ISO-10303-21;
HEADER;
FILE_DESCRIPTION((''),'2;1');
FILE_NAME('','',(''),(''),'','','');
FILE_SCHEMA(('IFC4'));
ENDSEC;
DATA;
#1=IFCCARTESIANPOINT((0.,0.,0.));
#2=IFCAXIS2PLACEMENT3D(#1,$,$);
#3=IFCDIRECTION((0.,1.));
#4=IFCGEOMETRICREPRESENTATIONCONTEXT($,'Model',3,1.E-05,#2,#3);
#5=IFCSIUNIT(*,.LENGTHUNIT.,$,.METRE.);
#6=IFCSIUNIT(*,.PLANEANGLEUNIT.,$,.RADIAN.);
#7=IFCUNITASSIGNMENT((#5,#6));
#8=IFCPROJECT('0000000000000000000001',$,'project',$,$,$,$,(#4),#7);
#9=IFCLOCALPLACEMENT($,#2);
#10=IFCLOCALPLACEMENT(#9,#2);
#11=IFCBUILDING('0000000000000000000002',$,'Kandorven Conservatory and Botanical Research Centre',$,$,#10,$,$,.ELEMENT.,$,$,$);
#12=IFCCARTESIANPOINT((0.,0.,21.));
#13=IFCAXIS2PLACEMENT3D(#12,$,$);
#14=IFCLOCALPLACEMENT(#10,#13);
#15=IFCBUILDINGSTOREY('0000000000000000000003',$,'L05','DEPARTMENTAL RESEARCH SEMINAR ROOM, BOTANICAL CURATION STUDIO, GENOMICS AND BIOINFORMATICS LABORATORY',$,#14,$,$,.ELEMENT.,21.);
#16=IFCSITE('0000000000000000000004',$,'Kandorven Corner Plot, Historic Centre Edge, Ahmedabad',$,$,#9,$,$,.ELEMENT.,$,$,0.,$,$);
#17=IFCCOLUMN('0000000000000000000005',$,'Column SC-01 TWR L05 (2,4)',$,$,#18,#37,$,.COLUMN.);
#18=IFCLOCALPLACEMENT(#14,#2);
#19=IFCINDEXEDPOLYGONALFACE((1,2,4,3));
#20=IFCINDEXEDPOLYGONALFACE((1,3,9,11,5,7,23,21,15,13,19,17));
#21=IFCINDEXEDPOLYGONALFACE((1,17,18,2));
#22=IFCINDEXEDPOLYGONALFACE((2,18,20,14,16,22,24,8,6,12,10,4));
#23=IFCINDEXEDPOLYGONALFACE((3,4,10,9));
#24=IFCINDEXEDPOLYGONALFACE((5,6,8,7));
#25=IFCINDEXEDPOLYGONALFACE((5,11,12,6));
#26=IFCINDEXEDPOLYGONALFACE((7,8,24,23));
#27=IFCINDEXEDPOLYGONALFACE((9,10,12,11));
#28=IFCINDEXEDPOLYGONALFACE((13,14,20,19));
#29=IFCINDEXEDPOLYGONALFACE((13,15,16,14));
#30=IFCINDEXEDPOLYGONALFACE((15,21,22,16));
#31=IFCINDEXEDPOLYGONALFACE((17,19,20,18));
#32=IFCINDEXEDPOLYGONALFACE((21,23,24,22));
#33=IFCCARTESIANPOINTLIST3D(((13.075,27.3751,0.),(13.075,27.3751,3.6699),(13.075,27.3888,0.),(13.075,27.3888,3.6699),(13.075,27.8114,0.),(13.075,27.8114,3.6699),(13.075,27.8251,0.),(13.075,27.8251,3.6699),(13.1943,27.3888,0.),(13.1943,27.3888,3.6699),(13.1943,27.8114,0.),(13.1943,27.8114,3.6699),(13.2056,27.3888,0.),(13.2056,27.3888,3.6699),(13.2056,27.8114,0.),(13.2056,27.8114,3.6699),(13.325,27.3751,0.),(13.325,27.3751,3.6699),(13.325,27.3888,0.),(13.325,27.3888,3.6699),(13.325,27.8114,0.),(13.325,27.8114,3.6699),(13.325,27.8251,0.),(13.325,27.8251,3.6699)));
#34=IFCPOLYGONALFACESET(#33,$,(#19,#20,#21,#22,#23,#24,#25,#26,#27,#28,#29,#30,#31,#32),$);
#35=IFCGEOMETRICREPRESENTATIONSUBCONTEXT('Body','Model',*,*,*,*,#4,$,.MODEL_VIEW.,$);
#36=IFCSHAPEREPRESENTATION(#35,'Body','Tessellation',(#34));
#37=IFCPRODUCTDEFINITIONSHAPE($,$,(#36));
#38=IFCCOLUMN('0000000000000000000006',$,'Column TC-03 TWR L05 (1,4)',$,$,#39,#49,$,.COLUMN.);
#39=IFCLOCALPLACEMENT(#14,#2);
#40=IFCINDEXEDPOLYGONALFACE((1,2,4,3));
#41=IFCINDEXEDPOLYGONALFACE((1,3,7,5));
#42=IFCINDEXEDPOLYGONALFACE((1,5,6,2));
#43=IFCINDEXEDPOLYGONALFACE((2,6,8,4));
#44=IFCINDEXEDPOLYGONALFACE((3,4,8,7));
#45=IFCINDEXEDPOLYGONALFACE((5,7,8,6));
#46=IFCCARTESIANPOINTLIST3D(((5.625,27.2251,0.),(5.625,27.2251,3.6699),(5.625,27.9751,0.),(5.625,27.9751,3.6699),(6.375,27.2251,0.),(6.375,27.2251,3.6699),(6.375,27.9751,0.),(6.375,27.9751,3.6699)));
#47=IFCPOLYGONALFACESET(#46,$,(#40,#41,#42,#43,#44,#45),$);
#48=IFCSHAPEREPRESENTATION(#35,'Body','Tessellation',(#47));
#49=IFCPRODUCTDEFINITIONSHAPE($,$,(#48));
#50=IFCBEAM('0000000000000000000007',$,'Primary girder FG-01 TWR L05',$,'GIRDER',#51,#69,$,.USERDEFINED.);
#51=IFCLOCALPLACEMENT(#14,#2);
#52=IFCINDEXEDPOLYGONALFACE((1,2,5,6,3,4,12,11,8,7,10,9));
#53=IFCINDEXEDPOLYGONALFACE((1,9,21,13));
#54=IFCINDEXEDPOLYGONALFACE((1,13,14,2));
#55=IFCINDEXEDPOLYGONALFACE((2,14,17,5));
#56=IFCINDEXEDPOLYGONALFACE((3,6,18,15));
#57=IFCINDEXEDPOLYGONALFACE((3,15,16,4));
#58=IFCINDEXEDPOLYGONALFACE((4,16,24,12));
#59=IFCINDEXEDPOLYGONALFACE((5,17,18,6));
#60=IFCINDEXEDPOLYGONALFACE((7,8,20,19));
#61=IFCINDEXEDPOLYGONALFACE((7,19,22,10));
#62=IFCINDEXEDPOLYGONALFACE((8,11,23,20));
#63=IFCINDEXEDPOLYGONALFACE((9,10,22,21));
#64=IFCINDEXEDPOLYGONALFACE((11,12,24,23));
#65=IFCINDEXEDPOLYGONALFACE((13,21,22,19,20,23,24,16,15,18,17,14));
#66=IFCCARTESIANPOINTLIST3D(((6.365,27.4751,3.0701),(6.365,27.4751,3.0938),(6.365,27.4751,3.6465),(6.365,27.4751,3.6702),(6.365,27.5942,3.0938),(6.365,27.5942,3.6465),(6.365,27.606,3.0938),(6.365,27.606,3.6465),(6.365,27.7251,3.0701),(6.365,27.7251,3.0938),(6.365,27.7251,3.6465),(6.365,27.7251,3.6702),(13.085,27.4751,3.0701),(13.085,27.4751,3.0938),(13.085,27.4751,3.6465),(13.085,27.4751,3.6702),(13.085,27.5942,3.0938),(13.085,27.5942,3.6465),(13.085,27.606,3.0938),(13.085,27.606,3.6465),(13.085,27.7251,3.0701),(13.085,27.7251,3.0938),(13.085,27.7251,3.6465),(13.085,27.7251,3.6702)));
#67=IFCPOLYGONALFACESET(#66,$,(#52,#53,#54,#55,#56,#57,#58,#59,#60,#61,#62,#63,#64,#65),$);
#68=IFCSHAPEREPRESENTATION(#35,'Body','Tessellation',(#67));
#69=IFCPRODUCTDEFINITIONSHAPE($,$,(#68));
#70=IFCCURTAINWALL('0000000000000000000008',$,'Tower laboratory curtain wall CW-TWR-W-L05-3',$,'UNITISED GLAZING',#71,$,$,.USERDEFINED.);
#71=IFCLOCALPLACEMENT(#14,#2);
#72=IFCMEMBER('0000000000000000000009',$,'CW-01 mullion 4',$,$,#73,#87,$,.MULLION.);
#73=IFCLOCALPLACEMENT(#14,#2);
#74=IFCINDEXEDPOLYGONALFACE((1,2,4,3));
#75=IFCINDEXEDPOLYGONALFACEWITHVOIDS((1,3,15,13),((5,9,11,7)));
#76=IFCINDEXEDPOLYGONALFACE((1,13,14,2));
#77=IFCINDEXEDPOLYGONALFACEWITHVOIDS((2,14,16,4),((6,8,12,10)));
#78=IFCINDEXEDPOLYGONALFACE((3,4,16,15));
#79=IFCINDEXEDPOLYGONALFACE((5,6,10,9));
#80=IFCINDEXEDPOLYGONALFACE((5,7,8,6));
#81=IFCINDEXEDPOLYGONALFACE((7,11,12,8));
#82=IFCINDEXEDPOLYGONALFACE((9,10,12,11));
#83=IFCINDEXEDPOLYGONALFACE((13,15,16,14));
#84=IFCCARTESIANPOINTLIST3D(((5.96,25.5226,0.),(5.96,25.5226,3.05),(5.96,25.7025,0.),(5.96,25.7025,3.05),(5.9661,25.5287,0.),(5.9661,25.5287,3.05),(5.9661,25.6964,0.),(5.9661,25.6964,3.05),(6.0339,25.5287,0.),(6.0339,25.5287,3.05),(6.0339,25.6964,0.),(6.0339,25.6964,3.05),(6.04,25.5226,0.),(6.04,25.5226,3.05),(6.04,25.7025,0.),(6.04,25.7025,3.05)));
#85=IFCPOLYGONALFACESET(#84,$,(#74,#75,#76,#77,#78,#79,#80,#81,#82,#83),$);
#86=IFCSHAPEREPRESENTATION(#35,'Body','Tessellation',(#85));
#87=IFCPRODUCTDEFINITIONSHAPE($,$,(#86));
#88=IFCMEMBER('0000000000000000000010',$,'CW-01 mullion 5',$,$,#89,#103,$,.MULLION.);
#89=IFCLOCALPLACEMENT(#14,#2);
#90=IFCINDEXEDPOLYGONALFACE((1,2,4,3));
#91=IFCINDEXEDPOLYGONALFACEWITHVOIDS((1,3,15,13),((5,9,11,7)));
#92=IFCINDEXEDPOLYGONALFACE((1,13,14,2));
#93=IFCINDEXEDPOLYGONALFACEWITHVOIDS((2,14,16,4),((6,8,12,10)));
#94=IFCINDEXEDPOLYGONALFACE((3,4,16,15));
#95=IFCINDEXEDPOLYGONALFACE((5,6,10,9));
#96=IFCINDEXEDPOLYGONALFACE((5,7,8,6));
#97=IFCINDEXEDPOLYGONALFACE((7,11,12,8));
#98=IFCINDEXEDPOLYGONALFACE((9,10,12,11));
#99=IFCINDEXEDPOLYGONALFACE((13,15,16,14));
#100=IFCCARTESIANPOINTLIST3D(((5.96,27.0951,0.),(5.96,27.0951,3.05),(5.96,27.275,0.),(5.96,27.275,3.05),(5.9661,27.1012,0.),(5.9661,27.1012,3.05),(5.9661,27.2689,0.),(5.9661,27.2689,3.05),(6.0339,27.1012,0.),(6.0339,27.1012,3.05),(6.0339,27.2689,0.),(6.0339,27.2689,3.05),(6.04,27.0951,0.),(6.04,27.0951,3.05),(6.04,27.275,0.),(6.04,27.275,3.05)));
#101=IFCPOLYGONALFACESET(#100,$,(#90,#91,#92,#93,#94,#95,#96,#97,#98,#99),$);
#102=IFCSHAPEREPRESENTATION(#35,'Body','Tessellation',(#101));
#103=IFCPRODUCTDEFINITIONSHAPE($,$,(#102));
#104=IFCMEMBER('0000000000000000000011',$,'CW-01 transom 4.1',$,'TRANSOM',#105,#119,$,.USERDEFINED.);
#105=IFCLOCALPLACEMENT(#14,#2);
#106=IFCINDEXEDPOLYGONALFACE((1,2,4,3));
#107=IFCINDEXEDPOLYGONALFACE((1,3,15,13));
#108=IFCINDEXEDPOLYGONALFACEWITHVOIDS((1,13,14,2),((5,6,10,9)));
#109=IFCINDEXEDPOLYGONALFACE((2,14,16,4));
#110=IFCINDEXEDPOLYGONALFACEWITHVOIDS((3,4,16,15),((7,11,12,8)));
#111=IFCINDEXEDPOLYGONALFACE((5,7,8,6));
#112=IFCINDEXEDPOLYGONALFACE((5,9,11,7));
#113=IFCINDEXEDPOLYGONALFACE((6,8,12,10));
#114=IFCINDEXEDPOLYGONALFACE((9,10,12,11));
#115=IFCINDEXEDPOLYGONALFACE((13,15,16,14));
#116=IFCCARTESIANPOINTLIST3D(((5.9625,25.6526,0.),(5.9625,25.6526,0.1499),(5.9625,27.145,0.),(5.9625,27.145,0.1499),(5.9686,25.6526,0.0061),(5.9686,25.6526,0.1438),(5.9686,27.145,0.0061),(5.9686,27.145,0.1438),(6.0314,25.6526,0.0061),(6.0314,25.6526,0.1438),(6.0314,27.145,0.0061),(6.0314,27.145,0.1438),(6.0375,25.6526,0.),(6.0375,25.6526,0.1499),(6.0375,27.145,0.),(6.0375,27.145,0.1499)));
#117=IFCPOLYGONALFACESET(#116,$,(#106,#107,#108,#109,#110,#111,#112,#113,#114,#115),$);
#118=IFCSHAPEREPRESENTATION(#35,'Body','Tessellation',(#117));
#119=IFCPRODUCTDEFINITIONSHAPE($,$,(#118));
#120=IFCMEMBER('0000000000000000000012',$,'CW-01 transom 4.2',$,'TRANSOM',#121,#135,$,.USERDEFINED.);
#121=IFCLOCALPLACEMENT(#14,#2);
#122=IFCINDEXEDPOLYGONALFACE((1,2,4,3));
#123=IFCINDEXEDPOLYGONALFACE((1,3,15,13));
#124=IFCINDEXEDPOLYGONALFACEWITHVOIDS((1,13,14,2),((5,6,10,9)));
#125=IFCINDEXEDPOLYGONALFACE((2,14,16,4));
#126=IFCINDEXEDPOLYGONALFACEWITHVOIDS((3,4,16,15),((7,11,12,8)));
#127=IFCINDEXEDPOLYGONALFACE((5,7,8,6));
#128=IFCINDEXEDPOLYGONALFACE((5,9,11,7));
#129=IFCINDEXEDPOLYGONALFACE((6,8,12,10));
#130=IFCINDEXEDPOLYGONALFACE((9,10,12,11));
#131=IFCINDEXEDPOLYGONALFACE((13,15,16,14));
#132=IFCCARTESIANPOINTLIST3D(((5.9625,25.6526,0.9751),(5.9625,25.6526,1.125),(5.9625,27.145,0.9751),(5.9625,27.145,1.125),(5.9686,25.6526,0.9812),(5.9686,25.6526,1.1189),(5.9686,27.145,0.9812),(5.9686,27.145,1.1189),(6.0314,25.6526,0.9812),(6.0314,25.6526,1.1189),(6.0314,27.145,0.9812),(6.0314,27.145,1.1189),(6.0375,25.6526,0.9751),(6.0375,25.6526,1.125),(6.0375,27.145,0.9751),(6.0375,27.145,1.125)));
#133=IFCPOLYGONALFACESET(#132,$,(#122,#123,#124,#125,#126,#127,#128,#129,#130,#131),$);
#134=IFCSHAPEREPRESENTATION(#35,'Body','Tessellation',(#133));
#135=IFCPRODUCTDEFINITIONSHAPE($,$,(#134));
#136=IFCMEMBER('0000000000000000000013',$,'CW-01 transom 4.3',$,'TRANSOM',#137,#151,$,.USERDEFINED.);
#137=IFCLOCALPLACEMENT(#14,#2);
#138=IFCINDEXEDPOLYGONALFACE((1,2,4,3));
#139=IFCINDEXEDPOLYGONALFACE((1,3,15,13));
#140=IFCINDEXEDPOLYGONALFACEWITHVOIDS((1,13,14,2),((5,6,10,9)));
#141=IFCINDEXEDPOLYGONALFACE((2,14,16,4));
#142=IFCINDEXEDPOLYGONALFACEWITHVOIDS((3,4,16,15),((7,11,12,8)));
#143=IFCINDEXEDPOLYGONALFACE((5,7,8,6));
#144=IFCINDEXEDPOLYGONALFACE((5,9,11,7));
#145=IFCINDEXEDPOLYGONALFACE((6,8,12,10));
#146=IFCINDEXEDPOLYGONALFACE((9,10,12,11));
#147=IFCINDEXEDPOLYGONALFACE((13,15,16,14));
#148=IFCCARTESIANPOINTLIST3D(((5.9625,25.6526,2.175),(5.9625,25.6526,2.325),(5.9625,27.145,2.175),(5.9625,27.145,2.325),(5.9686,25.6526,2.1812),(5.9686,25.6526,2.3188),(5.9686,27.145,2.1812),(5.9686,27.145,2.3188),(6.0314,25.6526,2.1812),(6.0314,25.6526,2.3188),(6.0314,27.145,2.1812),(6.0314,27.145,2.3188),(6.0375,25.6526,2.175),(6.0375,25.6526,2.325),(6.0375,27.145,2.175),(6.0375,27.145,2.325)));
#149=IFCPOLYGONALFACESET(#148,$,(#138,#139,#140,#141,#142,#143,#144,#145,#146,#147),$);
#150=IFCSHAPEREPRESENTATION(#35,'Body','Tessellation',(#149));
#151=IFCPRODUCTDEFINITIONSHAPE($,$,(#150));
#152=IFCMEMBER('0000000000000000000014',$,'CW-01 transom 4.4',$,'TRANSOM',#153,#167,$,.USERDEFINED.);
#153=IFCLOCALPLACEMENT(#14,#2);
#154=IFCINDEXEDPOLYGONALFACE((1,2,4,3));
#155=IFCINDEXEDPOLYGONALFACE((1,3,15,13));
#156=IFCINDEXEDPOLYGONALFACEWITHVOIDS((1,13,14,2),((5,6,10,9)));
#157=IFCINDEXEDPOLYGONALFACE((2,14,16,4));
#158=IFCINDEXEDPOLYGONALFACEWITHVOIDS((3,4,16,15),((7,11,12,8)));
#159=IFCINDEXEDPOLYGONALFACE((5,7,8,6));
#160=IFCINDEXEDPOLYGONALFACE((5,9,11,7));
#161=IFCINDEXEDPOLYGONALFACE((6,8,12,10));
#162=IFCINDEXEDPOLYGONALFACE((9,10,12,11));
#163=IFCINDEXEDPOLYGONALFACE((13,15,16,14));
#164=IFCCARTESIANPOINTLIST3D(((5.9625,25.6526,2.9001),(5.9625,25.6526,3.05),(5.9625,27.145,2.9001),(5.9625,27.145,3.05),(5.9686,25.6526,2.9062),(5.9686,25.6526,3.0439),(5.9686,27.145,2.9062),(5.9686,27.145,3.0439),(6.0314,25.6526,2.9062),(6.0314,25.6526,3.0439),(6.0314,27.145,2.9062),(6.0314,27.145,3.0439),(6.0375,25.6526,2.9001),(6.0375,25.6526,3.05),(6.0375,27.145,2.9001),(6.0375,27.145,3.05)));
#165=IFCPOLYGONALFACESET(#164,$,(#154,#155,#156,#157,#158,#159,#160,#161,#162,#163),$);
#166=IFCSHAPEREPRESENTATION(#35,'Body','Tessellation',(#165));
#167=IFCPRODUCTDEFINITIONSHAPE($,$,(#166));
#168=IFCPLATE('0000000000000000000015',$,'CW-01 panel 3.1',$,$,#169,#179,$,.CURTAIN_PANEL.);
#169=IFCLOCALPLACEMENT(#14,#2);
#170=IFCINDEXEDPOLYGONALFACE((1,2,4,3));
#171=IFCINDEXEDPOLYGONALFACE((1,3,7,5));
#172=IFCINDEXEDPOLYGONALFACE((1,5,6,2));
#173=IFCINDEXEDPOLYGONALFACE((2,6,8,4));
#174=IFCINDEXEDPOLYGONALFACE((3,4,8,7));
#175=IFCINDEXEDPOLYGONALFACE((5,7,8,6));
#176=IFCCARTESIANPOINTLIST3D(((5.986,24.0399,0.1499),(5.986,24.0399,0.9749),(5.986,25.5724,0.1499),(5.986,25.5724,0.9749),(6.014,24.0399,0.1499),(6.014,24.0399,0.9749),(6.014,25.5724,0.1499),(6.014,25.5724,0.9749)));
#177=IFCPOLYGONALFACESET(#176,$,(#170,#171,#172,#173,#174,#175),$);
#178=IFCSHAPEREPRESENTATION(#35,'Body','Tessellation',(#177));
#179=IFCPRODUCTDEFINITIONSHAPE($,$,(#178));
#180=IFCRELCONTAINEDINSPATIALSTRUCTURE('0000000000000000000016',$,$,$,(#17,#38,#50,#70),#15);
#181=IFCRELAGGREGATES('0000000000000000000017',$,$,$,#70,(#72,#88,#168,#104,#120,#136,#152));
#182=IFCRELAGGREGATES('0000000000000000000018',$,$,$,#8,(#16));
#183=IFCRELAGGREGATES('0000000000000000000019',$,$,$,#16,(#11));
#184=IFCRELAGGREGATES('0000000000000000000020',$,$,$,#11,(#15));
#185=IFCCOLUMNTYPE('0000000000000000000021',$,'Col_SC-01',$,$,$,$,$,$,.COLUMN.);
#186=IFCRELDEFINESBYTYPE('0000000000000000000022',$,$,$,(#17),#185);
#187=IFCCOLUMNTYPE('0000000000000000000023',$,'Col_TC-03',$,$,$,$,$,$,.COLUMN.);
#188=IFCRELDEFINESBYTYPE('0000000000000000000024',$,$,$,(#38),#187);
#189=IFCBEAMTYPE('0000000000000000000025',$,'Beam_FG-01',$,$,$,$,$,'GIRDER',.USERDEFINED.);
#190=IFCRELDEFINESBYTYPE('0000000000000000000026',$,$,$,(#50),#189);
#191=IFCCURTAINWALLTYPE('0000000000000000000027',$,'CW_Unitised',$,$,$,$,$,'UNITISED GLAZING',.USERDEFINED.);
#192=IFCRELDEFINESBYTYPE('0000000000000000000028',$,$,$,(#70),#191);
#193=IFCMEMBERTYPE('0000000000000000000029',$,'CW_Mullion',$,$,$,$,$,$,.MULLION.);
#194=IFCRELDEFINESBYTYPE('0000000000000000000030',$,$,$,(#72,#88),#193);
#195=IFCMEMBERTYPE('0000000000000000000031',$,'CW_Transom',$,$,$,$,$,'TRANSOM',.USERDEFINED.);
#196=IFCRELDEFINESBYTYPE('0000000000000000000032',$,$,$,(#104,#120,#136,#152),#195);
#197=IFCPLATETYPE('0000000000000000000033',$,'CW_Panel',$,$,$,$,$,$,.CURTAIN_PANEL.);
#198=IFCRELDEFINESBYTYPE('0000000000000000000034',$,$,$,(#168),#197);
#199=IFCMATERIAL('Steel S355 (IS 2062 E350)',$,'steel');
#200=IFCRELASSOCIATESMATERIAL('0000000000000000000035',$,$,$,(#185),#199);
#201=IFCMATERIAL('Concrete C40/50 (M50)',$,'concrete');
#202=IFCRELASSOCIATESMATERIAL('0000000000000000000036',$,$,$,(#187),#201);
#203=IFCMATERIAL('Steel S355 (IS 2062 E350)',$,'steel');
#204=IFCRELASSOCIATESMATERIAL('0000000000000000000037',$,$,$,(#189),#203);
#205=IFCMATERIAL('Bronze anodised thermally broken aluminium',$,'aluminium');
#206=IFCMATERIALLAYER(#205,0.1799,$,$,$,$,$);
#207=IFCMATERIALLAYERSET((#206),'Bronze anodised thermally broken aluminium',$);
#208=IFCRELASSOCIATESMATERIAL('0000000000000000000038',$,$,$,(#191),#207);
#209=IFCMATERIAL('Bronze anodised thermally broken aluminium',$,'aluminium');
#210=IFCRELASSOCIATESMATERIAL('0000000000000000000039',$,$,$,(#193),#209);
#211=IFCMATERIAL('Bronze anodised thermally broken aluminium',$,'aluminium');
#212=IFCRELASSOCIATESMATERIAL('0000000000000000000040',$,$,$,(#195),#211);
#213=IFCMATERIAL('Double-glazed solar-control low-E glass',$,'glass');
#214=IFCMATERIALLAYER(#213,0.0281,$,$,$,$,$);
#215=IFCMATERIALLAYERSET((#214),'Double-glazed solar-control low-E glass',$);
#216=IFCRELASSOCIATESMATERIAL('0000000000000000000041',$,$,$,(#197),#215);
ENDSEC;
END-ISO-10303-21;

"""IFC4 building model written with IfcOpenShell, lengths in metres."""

from ifc_helpers import new_model, si_unit, direction, frame, origin, origin_2d, place, context, subcontext, project, spatial, rectangle, hollow_rectangle, i_section, extrude, material, layer, layer_set, material_profile, profile_set, type_object, element, aggregate, save


model = new_model("IFC4")

# Units and contexts
model_context = context("Model", 3, precision=1e-05, world=origin(), true_north=direction((0.0, 1.0)))
body_context = subcontext(model_context, "Body", "Model", "MODEL_VIEW")
ifc_project = project(units=[si_unit("LENGTHUNIT", "METRE"), si_unit("PLANEANGLEUNIT", "RADIAN")], contexts=[model_context])

# Site, building, storey
site_placement = place(None, origin())
site = spatial("IfcSite", under=ifc_project, at=site_placement, Name="Kandorven Corner Plot, Historic Centre Edge, Ahmedabad", CompositionType="ELEMENT", RefElevation=0.0)
building_placement = place(site_placement, origin())
building = spatial("IfcBuilding", under=site, at=building_placement, Name="Kandorven Conservatory and Botanical Research Centre", CompositionType="ELEMENT")
storey_placement = place(building_placement, frame((0.0, 0.0, 21.0)))
storey = spatial("IfcBuildingStorey", under=building, at=storey_placement, Name="L05", Description="DEPARTMENTAL RESEARCH SEMINAR ROOM, BOTANICAL CURATION STUDIO, GENOMICS AND BIOINFORMATICS LABORATORY", CompositionType="ELEMENT", Elevation=21.0)

# Columns
ifc_material_1 = material(Name="Steel S355 (IS 2062 E350)", Category="steel")
ifc_material_profile_1 = material_profile(ifc_material_1, i_section(OverallWidth=0.25, OverallDepth=0.45, WebThickness=0.0112, FlangeThickness=0.0137, at=origin_2d()))
ifc_profile_set_1 = profile_set([ifc_material_profile_1], Name="Steel S355 (IS 2062 E350)")
column_type_1 = type_object("IfcColumnType", Name="Col_SC-01", PredefinedType="COLUMN", material=ifc_profile_set_1)
column_1_placement = place(storey_placement, frame((13.2, 27.6001, 0.0), z_axis=(0.0, 0.0, 1.0), x_axis=(1.0, 0.0, 0.0)))
element("IfcColumn", 1, at=column_1_placement, inside=storey, type_object=column_type_1, Name="Column SC-01 TWR L05 (2,4)", PredefinedType="COLUMN", context=body_context, shape_type="SweptSolid", body=[
    extrude(i_section(OverallWidth=0.25, OverallDepth=0.45, WebThickness=0.0112, FlangeThickness=0.0137, at=origin_2d()), origin(), (0.0, 0.0, 1.0), 3.6699),
])
ifc_material_2 = material(Name="Concrete C40/50 (M50)", Category="concrete")
ifc_material_profile_2 = material_profile(ifc_material_2, rectangle(XDim=0.75, YDim=0.75, at=origin_2d()))
ifc_profile_set_2 = profile_set([ifc_material_profile_2], Name="Concrete C40/50 (M50)")
column_type_2 = type_object("IfcColumnType", Name="Col_TC-03", PredefinedType="COLUMN", material=ifc_profile_set_2)
column_2_placement = place(storey_placement, frame((6.0, 27.6001, 0.0), z_axis=(0.0, 0.0, 1.0), x_axis=(1.0, 0.0, 0.0)))
element("IfcColumn", 2, at=column_2_placement, inside=storey, type_object=column_type_2, Name="Column TC-03 TWR L05 (1,4)", PredefinedType="COLUMN", context=body_context, shape_type="SweptSolid", body=[
    extrude(rectangle(XDim=0.75, YDim=0.75, at=origin_2d()), origin(), (0.0, 0.0, 1.0), 3.6699),
])

# Beam
ifc_material_3 = material(Name="Steel S355 (IS 2062 E350)", Category="steel")
ifc_material_profile_3 = material_profile(ifc_material_3, i_section(OverallWidth=0.25, OverallDepth=0.6001, WebThickness=0.0117, FlangeThickness=0.0237, at=origin_2d()))
ifc_profile_set_3 = profile_set([ifc_material_profile_3], Name="Steel S355 (IS 2062 E350)")
beam_type = type_object("IfcBeamType", Name="Beam_FG-01", ElementType="GIRDER", PredefinedType="USERDEFINED", material=ifc_profile_set_3)
beam_placement = place(storey_placement, frame((6.365, 27.6001, 3.3701), z_axis=(1.0, 0.0, 0.0), x_axis=(0.0, 1.0, 0.0)))
element("IfcBeam", 3, at=beam_placement, inside=storey, type_object=beam_type, Name="Primary girder FG-01 TWR L05", ObjectType="GIRDER", PredefinedType="USERDEFINED", context=body_context, shape_type="SweptSolid", body=[
    extrude(i_section(OverallWidth=0.25, OverallDepth=0.6001, WebThickness=0.0117, FlangeThickness=0.0237, at=origin_2d()), origin(), (0.0, 0.0, 1.0), 6.72),
])

# Curtain wall, members, plate
ifc_material_4 = material(Name="Bronze anodised thermally broken aluminium", Category="aluminium")
ifc_layer_1 = layer(ifc_material_4, 0.1799)
ifc_layer_set_1 = layer_set([ifc_layer_1], Name="Bronze anodised thermally broken aluminium")
curtain_wall_type = type_object("IfcCurtainWallType", Name="CW_Unitised", ElementType="UNITISED GLAZING", PredefinedType="USERDEFINED", material=ifc_layer_set_1)
curtain_wall_placement = place(storey_placement, origin())
curtain_wall = element("IfcCurtainWall", 4, at=curtain_wall_placement, inside=storey, type_object=curtain_wall_type, Name="Tower laboratory curtain wall CW-TWR-W-L05-3", ObjectType="UNITISED GLAZING", PredefinedType="USERDEFINED")
ifc_material_5 = material(Name="Bronze anodised thermally broken aluminium", Category="aluminium")
ifc_material_profile_4 = material_profile(ifc_material_5, hollow_rectangle(XDim=0.0801, YDim=0.1799, WallThickness=0.0061, at=origin_2d()))
ifc_profile_set_4 = profile_set([ifc_material_profile_4], Name="Bronze anodised thermally broken aluminium")
member_type_1 = type_object("IfcMemberType", Name="CW_Mullion", PredefinedType="MULLION", material=ifc_profile_set_4)
member_1_placement = place(storey_placement, frame((6.0, 25.6125, 0.0), z_axis=(0.0, 0.0, 1.0), x_axis=(-1.0, 0.0, 0.0)))
member_1 = element("IfcMember", 5, at=member_1_placement, type_object=member_type_1, Name="CW-01 mullion 4", PredefinedType="MULLION", context=body_context, shape_type="SweptSolid", body=[
    extrude(hollow_rectangle(XDim=0.0801, YDim=0.1799, WallThickness=0.0061, at=origin_2d()), origin(), (0.0, 0.0, 1.0), 3.05),
])
member_2_placement = place(storey_placement, frame((6.0, 27.1851, 0.0), z_axis=(0.0, 0.0, 1.0), x_axis=(-1.0, 0.0, 0.0)))
member_2 = element("IfcMember", 6, at=member_2_placement, type_object=member_type_1, Name="CW-01 mullion 5", PredefinedType="MULLION", context=body_context, shape_type="SweptSolid", body=[
    extrude(hollow_rectangle(XDim=0.0801, YDim=0.1799, WallThickness=0.0061, at=origin_2d()), origin(), (0.0, 0.0, 1.0), 3.05),
])
ifc_material_6 = material(Name="Bronze anodised thermally broken aluminium", Category="aluminium")
ifc_material_profile_5 = material_profile(ifc_material_6, hollow_rectangle(XDim=0.075, YDim=0.1499, WallThickness=0.0061, at=origin_2d()))
ifc_profile_set_5 = profile_set([ifc_material_profile_5], Name="Bronze anodised thermally broken aluminium")
member_type_2 = type_object("IfcMemberType", Name="CW_Transom", ElementType="TRANSOM", PredefinedType="USERDEFINED", material=ifc_profile_set_5)
member_3_placement = place(storey_placement, frame((6.0, 25.6526, 0.075), z_axis=(0.0, 1.0, 0.0), x_axis=(-1.0, 0.0, 0.0)))
member_3 = element("IfcMember", 7, at=member_3_placement, type_object=member_type_2, Name="CW-01 transom 4.1", ObjectType="TRANSOM", PredefinedType="USERDEFINED", context=body_context, shape_type="SweptSolid", body=[
    extrude(hollow_rectangle(XDim=0.075, YDim=0.1499, WallThickness=0.0061, at=origin_2d()), origin(), (0.0, 0.0, 1.0), 1.4924),
])
member_4_placement = place(storey_placement, frame((6.0, 25.6526, 1.05), z_axis=(0.0, 1.0, 0.0), x_axis=(-1.0, 0.0, 0.0)))
member_4 = element("IfcMember", 8, at=member_4_placement, type_object=member_type_2, Name="CW-01 transom 4.2", ObjectType="TRANSOM", PredefinedType="USERDEFINED", context=body_context, shape_type="SweptSolid", body=[
    extrude(hollow_rectangle(XDim=0.075, YDim=0.1499, WallThickness=0.0061, at=origin_2d()), origin(), (0.0, 0.0, 1.0), 1.4924),
])
member_5_placement = place(storey_placement, frame((6.0, 25.6526, 2.25), z_axis=(0.0, 1.0, 0.0), x_axis=(-1.0, 0.0, 0.0)))
member_5 = element("IfcMember", 9, at=member_5_placement, type_object=member_type_2, Name="CW-01 transom 4.3", ObjectType="TRANSOM", PredefinedType="USERDEFINED", context=body_context, shape_type="SweptSolid", body=[
    extrude(hollow_rectangle(XDim=0.075, YDim=0.1499, WallThickness=0.0061, at=origin_2d()), origin(), (0.0, 0.0, 1.0), 1.4924),
])
member_6_placement = place(storey_placement, frame((6.0, 25.6526, 2.9751), z_axis=(0.0, 1.0, 0.0), x_axis=(-1.0, 0.0, 0.0)))
member_6 = element("IfcMember", 10, at=member_6_placement, type_object=member_type_2, Name="CW-01 transom 4.4", ObjectType="TRANSOM", PredefinedType="USERDEFINED", context=body_context, shape_type="SweptSolid", body=[
    extrude(hollow_rectangle(XDim=0.075, YDim=0.1499, WallThickness=0.0061, at=origin_2d()), origin(), (0.0, 0.0, 1.0), 1.4924),
])
ifc_material_7 = material(Name="Double-glazed solar-control low-E glass", Category="glass")
ifc_layer_2 = layer(ifc_material_7, 0.0281)
ifc_layer_set_2 = layer_set([ifc_layer_2], Name="Double-glazed solar-control low-E glass")
plate_type = type_object("IfcPlateType", Name="CW_Panel", PredefinedType="CURTAIN_PANEL", material=ifc_layer_set_2)
plate_1_placement = place(storey_placement, frame((6.0, 24.8062, 0.1499), z_axis=(0.0, 0.0, 1.0), x_axis=(0.0, 1.0, 0.0)))
plate_1 = element("IfcPlate", 11, at=plate_1_placement, type_object=plate_type, Name="CW-01 panel 3.1", PredefinedType="CURTAIN_PANEL", context=body_context, shape_type="SweptSolid", body=[
    extrude(rectangle(XDim=1.5325, YDim=0.0281, at=origin_2d()), origin(), (0.0, 0.0, 1.0), 0.825),
])
aggregate(curtain_wall, [member_1, member_2, plate_1, member_3, member_4, member_5, member_6])

save(model, "model.ifc")
